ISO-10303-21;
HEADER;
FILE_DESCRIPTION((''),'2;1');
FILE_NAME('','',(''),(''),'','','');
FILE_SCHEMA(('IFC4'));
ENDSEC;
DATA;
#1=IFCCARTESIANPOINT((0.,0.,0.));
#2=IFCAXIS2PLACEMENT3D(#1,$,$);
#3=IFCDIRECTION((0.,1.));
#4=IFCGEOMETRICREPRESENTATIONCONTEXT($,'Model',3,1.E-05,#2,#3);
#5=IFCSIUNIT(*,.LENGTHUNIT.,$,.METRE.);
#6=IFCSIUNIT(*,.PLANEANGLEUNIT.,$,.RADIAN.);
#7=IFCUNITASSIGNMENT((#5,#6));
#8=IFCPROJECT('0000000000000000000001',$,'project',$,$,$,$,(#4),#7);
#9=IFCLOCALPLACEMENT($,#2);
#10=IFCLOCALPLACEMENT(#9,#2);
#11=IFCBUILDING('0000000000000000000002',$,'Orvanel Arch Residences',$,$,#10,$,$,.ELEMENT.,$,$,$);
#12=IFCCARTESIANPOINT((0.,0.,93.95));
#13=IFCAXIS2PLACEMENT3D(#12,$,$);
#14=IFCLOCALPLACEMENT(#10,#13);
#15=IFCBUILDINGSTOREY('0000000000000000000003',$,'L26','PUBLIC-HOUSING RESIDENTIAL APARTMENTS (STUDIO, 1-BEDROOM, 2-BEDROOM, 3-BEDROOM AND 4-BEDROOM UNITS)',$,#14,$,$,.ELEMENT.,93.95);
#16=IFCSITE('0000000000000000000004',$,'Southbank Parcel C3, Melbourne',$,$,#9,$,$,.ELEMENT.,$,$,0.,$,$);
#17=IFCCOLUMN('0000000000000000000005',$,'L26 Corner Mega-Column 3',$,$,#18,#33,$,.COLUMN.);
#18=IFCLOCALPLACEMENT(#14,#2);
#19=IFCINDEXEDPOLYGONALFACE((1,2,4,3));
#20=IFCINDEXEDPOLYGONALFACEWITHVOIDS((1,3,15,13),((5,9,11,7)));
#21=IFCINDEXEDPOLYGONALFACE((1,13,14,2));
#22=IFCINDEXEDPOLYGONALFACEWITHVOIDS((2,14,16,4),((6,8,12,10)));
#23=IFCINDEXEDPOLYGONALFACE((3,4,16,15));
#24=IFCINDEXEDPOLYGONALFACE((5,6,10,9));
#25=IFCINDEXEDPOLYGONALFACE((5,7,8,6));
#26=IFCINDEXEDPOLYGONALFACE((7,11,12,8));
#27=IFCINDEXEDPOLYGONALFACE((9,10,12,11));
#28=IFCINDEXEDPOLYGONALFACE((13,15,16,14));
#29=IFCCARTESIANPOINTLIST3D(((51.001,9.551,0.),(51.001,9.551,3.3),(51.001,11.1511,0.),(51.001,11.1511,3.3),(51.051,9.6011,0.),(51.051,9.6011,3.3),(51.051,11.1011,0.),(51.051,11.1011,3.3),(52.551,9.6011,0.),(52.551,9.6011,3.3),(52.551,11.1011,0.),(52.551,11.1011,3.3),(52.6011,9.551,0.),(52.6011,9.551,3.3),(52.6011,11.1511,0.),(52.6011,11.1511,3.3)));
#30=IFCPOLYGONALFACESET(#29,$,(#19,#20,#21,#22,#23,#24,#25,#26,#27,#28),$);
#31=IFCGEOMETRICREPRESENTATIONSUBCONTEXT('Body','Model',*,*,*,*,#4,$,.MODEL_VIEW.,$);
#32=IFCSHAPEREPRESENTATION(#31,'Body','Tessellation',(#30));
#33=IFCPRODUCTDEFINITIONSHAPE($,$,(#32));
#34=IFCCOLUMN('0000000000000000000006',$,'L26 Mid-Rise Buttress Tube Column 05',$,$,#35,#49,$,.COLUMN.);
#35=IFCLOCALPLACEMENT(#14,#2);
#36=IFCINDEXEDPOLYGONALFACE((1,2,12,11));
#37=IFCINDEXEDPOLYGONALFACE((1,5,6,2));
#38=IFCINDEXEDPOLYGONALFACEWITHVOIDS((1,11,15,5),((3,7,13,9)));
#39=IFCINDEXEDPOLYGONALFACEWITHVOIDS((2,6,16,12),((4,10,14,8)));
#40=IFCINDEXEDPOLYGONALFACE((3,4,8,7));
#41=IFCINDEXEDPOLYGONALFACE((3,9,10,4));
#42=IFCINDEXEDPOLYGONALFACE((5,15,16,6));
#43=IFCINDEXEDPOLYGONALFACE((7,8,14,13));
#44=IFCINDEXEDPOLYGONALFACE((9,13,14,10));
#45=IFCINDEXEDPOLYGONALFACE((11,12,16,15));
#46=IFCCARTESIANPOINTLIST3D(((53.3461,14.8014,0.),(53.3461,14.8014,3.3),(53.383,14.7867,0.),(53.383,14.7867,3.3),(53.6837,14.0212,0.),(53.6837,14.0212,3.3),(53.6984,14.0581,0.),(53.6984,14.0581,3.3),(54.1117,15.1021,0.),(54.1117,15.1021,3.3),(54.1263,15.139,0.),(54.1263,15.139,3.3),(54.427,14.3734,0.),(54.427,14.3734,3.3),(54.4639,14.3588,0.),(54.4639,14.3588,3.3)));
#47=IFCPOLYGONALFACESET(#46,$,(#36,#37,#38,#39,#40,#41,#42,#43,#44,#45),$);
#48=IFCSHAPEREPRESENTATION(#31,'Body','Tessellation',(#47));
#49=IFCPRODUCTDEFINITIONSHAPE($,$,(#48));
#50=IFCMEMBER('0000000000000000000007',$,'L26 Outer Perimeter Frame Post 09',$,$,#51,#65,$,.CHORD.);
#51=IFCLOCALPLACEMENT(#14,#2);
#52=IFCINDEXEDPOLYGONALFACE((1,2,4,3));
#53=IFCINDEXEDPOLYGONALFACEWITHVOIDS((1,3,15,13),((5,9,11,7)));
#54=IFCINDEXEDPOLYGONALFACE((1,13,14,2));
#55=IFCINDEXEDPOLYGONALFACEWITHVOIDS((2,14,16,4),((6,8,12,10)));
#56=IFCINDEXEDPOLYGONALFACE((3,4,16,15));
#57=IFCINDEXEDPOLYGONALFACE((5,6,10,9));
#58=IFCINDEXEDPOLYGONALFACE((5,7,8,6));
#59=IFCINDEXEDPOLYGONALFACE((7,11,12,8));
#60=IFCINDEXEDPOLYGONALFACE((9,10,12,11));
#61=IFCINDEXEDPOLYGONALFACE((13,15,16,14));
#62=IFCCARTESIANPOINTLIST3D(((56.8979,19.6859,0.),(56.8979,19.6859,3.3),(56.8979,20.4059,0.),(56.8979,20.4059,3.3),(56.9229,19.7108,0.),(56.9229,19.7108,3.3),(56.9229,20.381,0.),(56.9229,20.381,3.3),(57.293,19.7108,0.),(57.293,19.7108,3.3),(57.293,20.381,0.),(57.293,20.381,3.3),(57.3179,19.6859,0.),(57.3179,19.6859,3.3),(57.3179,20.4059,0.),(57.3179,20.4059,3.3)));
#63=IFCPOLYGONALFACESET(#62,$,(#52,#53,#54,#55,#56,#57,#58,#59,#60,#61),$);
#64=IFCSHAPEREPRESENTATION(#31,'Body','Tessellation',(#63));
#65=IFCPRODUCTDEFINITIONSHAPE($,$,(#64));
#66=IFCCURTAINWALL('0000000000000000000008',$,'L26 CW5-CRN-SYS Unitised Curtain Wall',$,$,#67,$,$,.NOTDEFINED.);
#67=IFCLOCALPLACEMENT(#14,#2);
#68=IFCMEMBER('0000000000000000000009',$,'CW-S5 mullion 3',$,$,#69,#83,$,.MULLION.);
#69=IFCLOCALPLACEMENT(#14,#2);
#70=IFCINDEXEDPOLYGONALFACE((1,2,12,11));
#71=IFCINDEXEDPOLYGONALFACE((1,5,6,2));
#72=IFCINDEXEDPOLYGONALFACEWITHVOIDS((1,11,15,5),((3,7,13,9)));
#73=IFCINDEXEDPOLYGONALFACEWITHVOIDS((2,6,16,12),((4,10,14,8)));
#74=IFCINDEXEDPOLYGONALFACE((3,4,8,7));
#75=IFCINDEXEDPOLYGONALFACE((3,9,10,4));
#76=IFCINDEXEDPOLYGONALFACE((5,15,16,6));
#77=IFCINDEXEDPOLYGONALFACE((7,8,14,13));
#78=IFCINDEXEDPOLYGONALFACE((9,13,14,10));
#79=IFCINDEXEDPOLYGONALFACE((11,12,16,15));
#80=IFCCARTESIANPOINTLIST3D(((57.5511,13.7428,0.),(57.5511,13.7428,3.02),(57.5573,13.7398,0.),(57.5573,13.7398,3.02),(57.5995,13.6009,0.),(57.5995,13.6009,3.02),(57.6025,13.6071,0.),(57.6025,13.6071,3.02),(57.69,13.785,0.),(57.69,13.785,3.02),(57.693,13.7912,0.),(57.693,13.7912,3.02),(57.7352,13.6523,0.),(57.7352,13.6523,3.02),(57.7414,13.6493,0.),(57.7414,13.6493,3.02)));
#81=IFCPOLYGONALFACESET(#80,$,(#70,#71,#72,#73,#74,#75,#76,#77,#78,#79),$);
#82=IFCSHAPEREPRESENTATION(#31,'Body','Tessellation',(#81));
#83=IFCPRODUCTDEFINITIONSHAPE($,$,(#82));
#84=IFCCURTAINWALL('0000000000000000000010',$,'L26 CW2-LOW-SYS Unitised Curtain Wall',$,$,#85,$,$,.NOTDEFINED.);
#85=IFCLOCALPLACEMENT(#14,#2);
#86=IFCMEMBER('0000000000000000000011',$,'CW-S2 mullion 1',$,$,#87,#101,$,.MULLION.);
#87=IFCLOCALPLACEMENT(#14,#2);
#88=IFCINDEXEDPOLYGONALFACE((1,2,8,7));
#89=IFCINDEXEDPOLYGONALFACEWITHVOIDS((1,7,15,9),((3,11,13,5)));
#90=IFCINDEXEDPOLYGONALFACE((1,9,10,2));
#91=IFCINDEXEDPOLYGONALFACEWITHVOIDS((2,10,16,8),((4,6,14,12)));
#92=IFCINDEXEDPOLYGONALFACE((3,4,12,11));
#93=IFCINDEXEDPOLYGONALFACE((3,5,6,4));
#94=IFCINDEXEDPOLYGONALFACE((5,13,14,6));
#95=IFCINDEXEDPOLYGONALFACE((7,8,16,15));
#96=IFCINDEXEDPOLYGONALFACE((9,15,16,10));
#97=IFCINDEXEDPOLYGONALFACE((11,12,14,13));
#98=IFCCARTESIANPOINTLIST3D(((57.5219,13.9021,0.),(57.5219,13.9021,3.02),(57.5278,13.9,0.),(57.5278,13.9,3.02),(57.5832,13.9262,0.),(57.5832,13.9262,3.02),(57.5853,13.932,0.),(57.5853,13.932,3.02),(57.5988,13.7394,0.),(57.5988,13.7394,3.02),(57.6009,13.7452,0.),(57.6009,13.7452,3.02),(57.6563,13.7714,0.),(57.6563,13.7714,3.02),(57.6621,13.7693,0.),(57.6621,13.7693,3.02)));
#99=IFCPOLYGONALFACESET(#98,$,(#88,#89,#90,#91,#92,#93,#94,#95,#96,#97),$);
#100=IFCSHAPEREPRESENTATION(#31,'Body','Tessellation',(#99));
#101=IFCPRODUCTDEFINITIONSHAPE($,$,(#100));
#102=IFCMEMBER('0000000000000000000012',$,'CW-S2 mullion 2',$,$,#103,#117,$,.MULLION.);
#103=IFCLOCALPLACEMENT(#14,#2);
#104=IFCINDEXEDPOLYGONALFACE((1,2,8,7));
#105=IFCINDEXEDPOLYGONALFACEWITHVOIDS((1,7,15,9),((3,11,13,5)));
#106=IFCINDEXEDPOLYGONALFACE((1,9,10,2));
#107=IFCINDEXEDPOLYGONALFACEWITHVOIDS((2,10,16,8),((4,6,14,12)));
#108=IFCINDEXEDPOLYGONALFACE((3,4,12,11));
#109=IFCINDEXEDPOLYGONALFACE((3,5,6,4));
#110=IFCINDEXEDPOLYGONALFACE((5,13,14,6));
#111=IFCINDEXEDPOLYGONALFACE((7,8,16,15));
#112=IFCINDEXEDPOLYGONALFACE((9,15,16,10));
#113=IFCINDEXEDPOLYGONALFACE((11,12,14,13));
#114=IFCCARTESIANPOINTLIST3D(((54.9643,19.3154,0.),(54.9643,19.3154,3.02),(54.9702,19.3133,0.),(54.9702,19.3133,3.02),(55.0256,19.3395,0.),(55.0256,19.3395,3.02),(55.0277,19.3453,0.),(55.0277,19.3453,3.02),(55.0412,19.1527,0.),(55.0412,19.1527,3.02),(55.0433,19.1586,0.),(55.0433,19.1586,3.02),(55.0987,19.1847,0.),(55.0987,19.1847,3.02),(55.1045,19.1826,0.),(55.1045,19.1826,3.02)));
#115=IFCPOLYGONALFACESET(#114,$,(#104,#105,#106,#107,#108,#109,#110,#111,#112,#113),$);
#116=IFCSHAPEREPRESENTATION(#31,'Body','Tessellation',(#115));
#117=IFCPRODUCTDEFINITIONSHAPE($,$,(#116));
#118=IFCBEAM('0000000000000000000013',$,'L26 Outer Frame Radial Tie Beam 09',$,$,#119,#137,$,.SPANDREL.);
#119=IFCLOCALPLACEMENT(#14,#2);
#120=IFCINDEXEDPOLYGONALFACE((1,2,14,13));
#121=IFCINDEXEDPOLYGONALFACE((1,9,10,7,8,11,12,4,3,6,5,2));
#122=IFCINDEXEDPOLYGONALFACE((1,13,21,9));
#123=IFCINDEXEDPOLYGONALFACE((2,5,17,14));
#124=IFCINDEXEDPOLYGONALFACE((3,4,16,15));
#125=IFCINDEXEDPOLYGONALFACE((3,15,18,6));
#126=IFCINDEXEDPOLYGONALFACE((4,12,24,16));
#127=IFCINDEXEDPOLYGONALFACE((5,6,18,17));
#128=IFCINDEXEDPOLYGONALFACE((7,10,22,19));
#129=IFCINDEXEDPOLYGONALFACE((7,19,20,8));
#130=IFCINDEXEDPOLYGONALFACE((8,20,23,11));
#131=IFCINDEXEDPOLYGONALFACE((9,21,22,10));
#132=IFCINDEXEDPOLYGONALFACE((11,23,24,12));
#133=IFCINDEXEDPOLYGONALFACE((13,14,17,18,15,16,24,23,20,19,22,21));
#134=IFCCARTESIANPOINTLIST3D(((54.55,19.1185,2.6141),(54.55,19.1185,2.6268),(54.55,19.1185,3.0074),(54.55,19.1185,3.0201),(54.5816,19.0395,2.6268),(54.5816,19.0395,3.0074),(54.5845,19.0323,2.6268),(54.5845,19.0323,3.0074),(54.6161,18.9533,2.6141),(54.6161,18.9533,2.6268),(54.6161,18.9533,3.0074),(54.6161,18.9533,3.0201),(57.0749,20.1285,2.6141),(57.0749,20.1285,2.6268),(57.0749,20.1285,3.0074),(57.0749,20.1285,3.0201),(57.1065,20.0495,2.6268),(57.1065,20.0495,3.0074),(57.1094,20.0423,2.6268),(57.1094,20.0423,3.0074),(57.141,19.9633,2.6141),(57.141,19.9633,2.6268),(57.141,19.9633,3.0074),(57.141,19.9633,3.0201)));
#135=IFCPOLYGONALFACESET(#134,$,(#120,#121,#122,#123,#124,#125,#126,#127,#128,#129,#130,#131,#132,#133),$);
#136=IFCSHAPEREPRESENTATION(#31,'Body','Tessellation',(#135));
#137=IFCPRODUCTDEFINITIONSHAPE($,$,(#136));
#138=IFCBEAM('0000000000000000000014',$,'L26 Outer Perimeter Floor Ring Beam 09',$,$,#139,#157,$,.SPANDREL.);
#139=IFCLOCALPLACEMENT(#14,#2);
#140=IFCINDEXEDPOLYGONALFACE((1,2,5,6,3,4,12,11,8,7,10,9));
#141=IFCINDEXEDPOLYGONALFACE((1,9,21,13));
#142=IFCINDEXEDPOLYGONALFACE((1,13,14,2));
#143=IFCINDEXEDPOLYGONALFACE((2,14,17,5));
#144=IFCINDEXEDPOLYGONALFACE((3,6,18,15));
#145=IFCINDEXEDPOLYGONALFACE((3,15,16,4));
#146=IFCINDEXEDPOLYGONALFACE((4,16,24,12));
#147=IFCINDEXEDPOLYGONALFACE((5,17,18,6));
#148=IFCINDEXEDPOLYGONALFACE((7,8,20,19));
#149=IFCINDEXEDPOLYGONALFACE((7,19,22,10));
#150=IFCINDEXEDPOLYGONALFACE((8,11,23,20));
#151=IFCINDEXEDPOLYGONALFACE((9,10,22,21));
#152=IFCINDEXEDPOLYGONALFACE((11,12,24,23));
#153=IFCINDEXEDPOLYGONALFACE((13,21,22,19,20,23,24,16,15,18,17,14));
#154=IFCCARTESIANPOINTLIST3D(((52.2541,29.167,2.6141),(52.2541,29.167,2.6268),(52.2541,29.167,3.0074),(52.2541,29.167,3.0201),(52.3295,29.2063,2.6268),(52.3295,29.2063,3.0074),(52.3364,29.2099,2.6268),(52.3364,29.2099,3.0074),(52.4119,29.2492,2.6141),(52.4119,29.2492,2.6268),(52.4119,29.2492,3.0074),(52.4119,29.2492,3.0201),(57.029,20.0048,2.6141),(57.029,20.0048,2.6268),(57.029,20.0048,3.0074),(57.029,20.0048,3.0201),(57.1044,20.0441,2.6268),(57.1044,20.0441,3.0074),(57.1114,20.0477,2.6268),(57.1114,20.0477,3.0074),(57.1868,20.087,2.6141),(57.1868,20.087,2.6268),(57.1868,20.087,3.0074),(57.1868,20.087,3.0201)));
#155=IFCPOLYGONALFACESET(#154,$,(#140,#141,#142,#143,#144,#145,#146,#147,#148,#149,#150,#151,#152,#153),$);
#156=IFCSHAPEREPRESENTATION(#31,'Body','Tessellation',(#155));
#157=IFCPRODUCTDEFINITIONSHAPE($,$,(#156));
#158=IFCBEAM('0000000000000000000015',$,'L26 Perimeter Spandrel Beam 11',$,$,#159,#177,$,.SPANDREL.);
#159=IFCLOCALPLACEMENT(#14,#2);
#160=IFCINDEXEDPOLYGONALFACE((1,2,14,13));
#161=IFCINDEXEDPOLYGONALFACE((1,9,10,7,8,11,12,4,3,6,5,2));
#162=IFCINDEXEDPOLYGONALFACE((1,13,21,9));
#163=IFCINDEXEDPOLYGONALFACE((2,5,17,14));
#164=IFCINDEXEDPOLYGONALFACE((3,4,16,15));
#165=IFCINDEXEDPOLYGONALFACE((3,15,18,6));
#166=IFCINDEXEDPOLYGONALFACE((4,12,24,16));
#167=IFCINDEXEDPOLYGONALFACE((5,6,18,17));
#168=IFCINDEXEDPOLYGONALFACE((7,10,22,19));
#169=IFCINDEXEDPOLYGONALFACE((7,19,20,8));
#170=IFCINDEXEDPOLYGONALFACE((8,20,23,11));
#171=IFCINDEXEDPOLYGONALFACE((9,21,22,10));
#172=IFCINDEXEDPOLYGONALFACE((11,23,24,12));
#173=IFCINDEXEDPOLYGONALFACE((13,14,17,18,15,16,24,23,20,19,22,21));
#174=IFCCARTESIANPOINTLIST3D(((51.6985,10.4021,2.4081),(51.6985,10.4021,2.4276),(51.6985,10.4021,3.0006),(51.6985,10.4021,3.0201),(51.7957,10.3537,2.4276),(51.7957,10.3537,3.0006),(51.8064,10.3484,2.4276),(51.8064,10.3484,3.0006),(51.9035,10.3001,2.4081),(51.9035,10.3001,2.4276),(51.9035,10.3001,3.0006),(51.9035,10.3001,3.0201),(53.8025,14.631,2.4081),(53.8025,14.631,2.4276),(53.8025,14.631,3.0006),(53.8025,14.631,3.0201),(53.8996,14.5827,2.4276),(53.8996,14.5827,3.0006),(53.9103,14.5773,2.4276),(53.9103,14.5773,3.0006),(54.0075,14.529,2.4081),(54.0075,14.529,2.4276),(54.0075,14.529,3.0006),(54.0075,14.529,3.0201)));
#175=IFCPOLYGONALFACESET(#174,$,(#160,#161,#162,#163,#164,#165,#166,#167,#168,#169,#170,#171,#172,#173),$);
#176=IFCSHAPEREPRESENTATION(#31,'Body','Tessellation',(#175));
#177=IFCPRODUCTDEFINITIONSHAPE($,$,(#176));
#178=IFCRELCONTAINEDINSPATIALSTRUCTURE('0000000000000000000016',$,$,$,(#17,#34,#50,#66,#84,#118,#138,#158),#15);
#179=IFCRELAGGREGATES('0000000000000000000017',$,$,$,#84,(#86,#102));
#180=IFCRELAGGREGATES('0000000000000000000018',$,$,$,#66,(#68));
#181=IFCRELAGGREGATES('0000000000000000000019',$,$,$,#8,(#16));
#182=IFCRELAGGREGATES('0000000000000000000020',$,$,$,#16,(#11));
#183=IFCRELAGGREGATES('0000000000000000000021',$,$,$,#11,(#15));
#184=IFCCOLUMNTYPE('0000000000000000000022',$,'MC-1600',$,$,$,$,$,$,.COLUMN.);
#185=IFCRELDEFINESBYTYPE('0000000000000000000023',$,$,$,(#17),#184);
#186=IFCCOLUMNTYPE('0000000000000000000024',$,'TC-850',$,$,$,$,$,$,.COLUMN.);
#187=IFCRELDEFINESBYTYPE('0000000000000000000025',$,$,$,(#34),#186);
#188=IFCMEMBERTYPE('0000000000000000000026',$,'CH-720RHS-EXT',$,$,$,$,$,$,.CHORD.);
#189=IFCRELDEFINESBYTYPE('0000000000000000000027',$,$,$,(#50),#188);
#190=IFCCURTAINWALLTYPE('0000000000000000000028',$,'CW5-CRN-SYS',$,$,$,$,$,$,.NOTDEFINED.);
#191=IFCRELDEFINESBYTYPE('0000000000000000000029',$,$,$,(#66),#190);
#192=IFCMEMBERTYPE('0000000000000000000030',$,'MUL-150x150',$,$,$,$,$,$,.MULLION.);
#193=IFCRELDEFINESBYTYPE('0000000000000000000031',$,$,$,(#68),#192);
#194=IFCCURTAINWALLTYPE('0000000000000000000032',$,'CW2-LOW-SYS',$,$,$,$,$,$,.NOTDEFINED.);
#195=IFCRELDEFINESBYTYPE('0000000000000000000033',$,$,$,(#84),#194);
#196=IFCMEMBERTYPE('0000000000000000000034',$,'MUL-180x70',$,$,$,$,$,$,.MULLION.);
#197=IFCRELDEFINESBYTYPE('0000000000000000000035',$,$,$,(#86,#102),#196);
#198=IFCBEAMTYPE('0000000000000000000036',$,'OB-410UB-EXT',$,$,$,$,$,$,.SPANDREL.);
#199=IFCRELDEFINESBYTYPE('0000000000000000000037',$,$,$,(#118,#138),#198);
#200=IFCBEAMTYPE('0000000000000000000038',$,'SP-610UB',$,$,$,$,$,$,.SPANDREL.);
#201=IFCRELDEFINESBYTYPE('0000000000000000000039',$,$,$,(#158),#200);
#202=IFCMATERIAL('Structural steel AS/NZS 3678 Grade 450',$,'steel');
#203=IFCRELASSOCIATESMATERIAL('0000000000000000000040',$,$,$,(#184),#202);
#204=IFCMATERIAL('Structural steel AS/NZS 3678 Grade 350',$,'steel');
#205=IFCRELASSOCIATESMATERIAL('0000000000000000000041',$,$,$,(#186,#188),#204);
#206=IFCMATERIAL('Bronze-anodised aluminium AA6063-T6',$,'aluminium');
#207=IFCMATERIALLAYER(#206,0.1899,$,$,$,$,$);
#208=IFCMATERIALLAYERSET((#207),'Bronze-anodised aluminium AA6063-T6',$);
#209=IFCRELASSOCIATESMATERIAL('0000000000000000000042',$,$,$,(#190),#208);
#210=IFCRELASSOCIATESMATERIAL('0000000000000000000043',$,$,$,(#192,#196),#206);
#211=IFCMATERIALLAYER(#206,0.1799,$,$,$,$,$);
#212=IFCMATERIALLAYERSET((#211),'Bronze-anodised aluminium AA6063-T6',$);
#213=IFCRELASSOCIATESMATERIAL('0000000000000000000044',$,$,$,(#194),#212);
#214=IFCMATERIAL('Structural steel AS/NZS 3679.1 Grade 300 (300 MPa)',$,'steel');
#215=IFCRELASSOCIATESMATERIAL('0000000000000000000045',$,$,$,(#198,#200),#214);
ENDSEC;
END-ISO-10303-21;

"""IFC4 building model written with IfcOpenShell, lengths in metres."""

from ifc_helpers import new_model, si_unit, direction, frame, origin, origin_2d, place, context, subcontext, project, spatial, hollow_rectangle, i_section, extrude, material, layer, layer_set, material_profile, profile_set, type_object, element, aggregate, save


model = new_model("IFC4")

# Units and contexts
model_context = context("Model", 3, precision=1e-05, world=origin(), true_north=direction((0.0, 1.0)))
body_context = subcontext(model_context, "Body", "Model", "MODEL_VIEW")
ifc_project = project(units=[si_unit("LENGTHUNIT", "METRE"), si_unit("PLANEANGLEUNIT", "RADIAN")], contexts=[model_context])

# Site, building, storey
site_placement = place(None, origin())
site = spatial("IfcSite", under=ifc_project, at=site_placement, Name="Southbank Parcel C3, Melbourne", CompositionType="ELEMENT", RefElevation=0.0)
building_placement = place(site_placement, origin())
building = spatial("IfcBuilding", under=site, at=building_placement, Name="Orvanel Arch Residences", CompositionType="ELEMENT")
storey_placement = place(building_placement, frame((0.0, 0.0, 93.95)))
storey = spatial("IfcBuildingStorey", under=building, at=storey_placement, Name="L26", Description="PUBLIC-HOUSING RESIDENTIAL APARTMENTS (STUDIO, 1-BEDROOM, 2-BEDROOM, 3-BEDROOM AND 4-BEDROOM UNITS)", CompositionType="ELEMENT", Elevation=93.95)

# Columns
ifc_material_1 = material(Name="Structural steel AS/NZS 3678 Grade 450", Category="steel")
ifc_material_profile_1 = material_profile(ifc_material_1, hollow_rectangle(XDim=1.6001, YDim=1.6001, WallThickness=0.05, at=origin_2d()), Name="BOX1600x1600x50")
ifc_profile_set_1 = profile_set([ifc_material_profile_1], Name="Structural steel AS/NZS 3678 Grade 450")
column_type_1 = type_object("IfcColumnType", Name="MC-1600", PredefinedType="COLUMN", material=ifc_profile_set_1)
column_1_placement = place(storey_placement, frame((51.801, 10.3511, 0.0), z_axis=(0.0, 0.0, 1.0), x_axis=(1.0, 0.0, 0.0)))
element("IfcColumn", 1, at=column_1_placement, inside=storey, type_object=column_type_1, Name="L26 Corner Mega-Column 3", PredefinedType="COLUMN", context=body_context, shape_type="SweptSolid", body=[
    extrude(hollow_rectangle(XDim=1.6001, YDim=1.6001, WallThickness=0.05, at=origin_2d()), origin(), (0.0, 0.0, 1.0), 3.3),
])
ifc_material_2 = material(Name="Structural steel AS/NZS 3678 Grade 350", Category="steel")
ifc_material_profile_2 = material_profile(ifc_material_2, hollow_rectangle(XDim=0.8501, YDim=0.8501, WallThickness=0.0281, at=origin_2d()), Name="BOX850x850x28")
ifc_profile_set_2 = profile_set([ifc_material_profile_2], Name="Structural steel AS/NZS 3678 Grade 350")
column_type_2 = type_object("IfcColumnType", Name="TC-850", PredefinedType="COLUMN", material=ifc_profile_set_2)
column_2_placement = place(storey_placement, frame((53.905, 14.5801, 0.0), z_axis=(0.0, 0.0, 1.0), x_axis=(-0.397148, 0.917755, 0.0)))
element("IfcColumn", 2, at=column_2_placement, inside=storey, type_object=column_type_2, Name="L26 Mid-Rise Buttress Tube Column 05", PredefinedType="COLUMN", context=body_context, shape_type="SweptSolid", body=[
    extrude(hollow_rectangle(XDim=0.8501, YDim=0.8501, WallThickness=0.0281, at=origin_2d()), origin(), (0.0, 0.0, 1.0), 3.3),
])

# Member
ifc_material_profile_3 = material_profile(ifc_material_2, hollow_rectangle(XDim=0.4199, YDim=0.72, WallThickness=0.0249, at=origin_2d()), Name="RHS720x420x25")
ifc_profile_set_3 = profile_set([ifc_material_profile_3], Name="Structural steel AS/NZS 3678 Grade 350")
member_type_1 = type_object("IfcMemberType", Name="CH-720RHS-EXT", PredefinedType="CHORD", material=ifc_profile_set_3)
member_1_placement = place(storey_placement, frame((57.1079, 20.0459, 0.0), z_axis=(0.0, 0.0, 1.0), x_axis=(1.0, 0.0, 0.0)))
element("IfcMember", 3, at=member_1_placement, inside=storey, type_object=member_type_1, Name="L26 Outer Perimeter Frame Post 09", PredefinedType="CHORD", context=body_context, shape_type="SweptSolid", body=[
    extrude(hollow_rectangle(XDim=0.4199, YDim=0.72, WallThickness=0.0249, at=origin_2d()), origin(), (0.0, 0.0, 1.0), 3.3),
])

# Curtain wall, member
ifc_material_3 = material(Name="Bronze-anodised aluminium AA6063-T6", Category="aluminium")
ifc_layer_1 = layer(ifc_material_3, 0.1899)
ifc_layer_set_1 = layer_set([ifc_layer_1], Name="Bronze-anodised aluminium AA6063-T6")
curtain_wall_type_1 = type_object("IfcCurtainWallType", Name="CW5-CRN-SYS", PredefinedType="NOTDEFINED", material=ifc_layer_set_1)
curtain_wall_1_placement = place(storey_placement, origin())
curtain_wall_1 = element("IfcCurtainWall", 4, at=curtain_wall_1_placement, inside=storey, type_object=curtain_wall_type_1, Name="L26 CW5-CRN-SYS Unitised Curtain Wall", PredefinedType="NOTDEFINED")
ifc_material_profile_4 = material_profile(ifc_material_3, hollow_rectangle(XDim=0.1499, YDim=0.1499, WallThickness=0.0049, at=origin_2d()), Name="ALU150x150x5")
ifc_profile_set_4 = profile_set([ifc_material_profile_4], Name="Bronze-anodised aluminium AA6063-T6")
member_type_2 = type_object("IfcMemberType", Name="MUL-150x150", PredefinedType="MULLION", material=ifc_profile_set_4)
member_2_placement = place(storey_placement, frame((57.6462, 13.696, 0.0), z_axis=(0.0, 0.0, 1.0), x_axis=(-0.946591, -0.322438, 0.0)))
member_2 = element("IfcMember", 5, at=member_2_placement, type_object=member_type_2, Name="CW-S5 mullion 3", PredefinedType="MULLION", context=body_context, shape_type="SweptSolid", body=[
    extrude(hollow_rectangle(XDim=0.1499, YDim=0.1499, WallThickness=0.0049, at=origin_2d()), origin(), (0.0, 0.0, 1.0), 3.02),
])

# Curtain wall, members
ifc_layer_2 = layer(ifc_material_3, 0.1799)
ifc_layer_set_2 = layer_set([ifc_layer_2], Name="Bronze-anodised aluminium AA6063-T6")
curtain_wall_type_2 = type_object("IfcCurtainWallType", Name="CW2-LOW-SYS", PredefinedType="NOTDEFINED", material=ifc_layer_set_2)
curtain_wall_2_placement = place(storey_placement, origin())
curtain_wall_2 = element("IfcCurtainWall", 6, at=curtain_wall_2_placement, inside=storey, type_object=curtain_wall_type_2, Name="L26 CW2-LOW-SYS Unitised Curtain Wall", PredefinedType="NOTDEFINED")
ifc_material_profile_5 = material_profile(ifc_material_3, hollow_rectangle(XDim=0.0701, YDim=0.1799, WallThickness=0.0044, at=origin_2d()), Name="ALU180x70x4.5")
ifc_profile_set_5 = profile_set([ifc_material_profile_5], Name="Bronze-anodised aluminium AA6063-T6")
member_type_3 = type_object("IfcMemberType", Name="MUL-180x70", PredefinedType="MULLION", material=ifc_profile_set_5)
member_3_placement = place(storey_placement, frame((57.592, 13.8357, 0.0), z_axis=(0.0, 0.0, 1.0), x_axis=(-0.904168, -0.427176, 0.0)))
member_3 = element("IfcMember", 7, at=member_3_placement, type_object=member_type_3, Name="CW-S2 mullion 1", PredefinedType="MULLION", context=body_context, shape_type="SweptSolid", body=[
    extrude(hollow_rectangle(XDim=0.0701, YDim=0.1799, WallThickness=0.0044, at=origin_2d()), origin(), (0.0, 0.0, 1.0), 3.02),
])
member_4_placement = place(storey_placement, frame((55.0344, 19.249, 0.0), z_axis=(0.0, 0.0, 1.0), x_axis=(-0.904168, -0.427176, 0.0)))
member_4 = element("IfcMember", 8, at=member_4_placement, type_object=member_type_3, Name="CW-S2 mullion 2", PredefinedType="MULLION", context=body_context, shape_type="SweptSolid", body=[
    extrude(hollow_rectangle(XDim=0.0701, YDim=0.1799, WallThickness=0.0044, at=origin_2d()), origin(), (0.0, 0.0, 1.0), 3.02),
])

# Beams
ifc_material_4 = material(Name="Structural steel AS/NZS 3679.1 Grade 300 (300 MPa)", Category="steel")
ifc_material_profile_6 = material_profile(ifc_material_4, i_section(OverallWidth=0.178, OverallDepth=0.406, WebThickness=0.0078, FlangeThickness=0.0127, at=origin_2d()), Name="410UB59.7")
ifc_profile_set_6 = profile_set([ifc_material_profile_6], Name="Structural steel AS/NZS 3679.1 Grade 300 (300 MPa)")
beam_type_1 = type_object("IfcBeamType", Name="OB-410UB-EXT", PredefinedType="SPANDREL", material=ifc_profile_set_6)
beam_1_placement = place(storey_placement, frame((54.583, 19.0359, 2.8171), z_axis=(0.92847, 0.371406, 0.0), x_axis=(-0.371406, 0.92847, 0.0)))
element("IfcBeam", 9, at=beam_1_placement, inside=storey, type_object=beam_type_1, Name="L26 Outer Frame Radial Tie Beam 09", PredefinedType="SPANDREL", context=body_context, shape_type="SweptSolid", body=[
    extrude(i_section(OverallWidth=0.178, OverallDepth=0.406, WebThickness=0.0078, FlangeThickness=0.0127, at=origin_2d()), origin(), (0.0, 0.0, 1.0), 2.7195),
])
beam_2_placement = place(storey_placement, frame((57.1079, 20.0459, 2.8171), z_axis=(-0.462161, 0.886796, 0.0), x_axis=(-0.886796, -0.462161, 0.0)))
element("IfcBeam", 10, at=beam_2_placement, inside=storey, type_object=beam_type_1, Name="L26 Outer Perimeter Floor Ring Beam 09", PredefinedType="SPANDREL", context=body_context, shape_type="SweptSolid", body=[
    extrude(i_section(OverallWidth=0.178, OverallDepth=0.406, WebThickness=0.0078, FlangeThickness=0.0127, at=origin_2d()), origin(), (0.0, 0.0, 1.0), 10.3318),
])
ifc_material_profile_7 = material_profile(ifc_material_4, i_section(OverallWidth=0.229, OverallDepth=0.6121, WebThickness=0.012, FlangeThickness=0.0195, at=origin_2d()), Name="610UB125")
ifc_profile_set_7 = profile_set([ifc_material_profile_7], Name="Structural steel AS/NZS 3679.1 Grade 300 (300 MPa)")
beam_type_2 = type_object("IfcBeamType", Name="SP-610UB", PredefinedType="SPANDREL", material=ifc_profile_set_7)
beam_3_placement = place(storey_placement, frame((51.801, 10.3511, 2.7141), z_axis=(0.445435, 0.895314, 0.0), x_axis=(-0.895314, 0.445435, 0.0)))
element("IfcBeam", 11, at=beam_3_placement, inside=storey, type_object=beam_type_2, Name="L26 Perimeter Spandrel Beam 11", PredefinedType="SPANDREL", context=body_context, shape_type="SweptSolid", body=[
    extrude(i_section(OverallWidth=0.229, OverallDepth=0.6121, WebThickness=0.012, FlangeThickness=0.0195, at=origin_2d()), origin(), (0.0, 0.0, 1.0), 4.7234),
])

aggregate(curtain_wall_2, [member_3, member_4])
aggregate(curtain_wall_1, [member_2])

save(model, "model.ifc")
